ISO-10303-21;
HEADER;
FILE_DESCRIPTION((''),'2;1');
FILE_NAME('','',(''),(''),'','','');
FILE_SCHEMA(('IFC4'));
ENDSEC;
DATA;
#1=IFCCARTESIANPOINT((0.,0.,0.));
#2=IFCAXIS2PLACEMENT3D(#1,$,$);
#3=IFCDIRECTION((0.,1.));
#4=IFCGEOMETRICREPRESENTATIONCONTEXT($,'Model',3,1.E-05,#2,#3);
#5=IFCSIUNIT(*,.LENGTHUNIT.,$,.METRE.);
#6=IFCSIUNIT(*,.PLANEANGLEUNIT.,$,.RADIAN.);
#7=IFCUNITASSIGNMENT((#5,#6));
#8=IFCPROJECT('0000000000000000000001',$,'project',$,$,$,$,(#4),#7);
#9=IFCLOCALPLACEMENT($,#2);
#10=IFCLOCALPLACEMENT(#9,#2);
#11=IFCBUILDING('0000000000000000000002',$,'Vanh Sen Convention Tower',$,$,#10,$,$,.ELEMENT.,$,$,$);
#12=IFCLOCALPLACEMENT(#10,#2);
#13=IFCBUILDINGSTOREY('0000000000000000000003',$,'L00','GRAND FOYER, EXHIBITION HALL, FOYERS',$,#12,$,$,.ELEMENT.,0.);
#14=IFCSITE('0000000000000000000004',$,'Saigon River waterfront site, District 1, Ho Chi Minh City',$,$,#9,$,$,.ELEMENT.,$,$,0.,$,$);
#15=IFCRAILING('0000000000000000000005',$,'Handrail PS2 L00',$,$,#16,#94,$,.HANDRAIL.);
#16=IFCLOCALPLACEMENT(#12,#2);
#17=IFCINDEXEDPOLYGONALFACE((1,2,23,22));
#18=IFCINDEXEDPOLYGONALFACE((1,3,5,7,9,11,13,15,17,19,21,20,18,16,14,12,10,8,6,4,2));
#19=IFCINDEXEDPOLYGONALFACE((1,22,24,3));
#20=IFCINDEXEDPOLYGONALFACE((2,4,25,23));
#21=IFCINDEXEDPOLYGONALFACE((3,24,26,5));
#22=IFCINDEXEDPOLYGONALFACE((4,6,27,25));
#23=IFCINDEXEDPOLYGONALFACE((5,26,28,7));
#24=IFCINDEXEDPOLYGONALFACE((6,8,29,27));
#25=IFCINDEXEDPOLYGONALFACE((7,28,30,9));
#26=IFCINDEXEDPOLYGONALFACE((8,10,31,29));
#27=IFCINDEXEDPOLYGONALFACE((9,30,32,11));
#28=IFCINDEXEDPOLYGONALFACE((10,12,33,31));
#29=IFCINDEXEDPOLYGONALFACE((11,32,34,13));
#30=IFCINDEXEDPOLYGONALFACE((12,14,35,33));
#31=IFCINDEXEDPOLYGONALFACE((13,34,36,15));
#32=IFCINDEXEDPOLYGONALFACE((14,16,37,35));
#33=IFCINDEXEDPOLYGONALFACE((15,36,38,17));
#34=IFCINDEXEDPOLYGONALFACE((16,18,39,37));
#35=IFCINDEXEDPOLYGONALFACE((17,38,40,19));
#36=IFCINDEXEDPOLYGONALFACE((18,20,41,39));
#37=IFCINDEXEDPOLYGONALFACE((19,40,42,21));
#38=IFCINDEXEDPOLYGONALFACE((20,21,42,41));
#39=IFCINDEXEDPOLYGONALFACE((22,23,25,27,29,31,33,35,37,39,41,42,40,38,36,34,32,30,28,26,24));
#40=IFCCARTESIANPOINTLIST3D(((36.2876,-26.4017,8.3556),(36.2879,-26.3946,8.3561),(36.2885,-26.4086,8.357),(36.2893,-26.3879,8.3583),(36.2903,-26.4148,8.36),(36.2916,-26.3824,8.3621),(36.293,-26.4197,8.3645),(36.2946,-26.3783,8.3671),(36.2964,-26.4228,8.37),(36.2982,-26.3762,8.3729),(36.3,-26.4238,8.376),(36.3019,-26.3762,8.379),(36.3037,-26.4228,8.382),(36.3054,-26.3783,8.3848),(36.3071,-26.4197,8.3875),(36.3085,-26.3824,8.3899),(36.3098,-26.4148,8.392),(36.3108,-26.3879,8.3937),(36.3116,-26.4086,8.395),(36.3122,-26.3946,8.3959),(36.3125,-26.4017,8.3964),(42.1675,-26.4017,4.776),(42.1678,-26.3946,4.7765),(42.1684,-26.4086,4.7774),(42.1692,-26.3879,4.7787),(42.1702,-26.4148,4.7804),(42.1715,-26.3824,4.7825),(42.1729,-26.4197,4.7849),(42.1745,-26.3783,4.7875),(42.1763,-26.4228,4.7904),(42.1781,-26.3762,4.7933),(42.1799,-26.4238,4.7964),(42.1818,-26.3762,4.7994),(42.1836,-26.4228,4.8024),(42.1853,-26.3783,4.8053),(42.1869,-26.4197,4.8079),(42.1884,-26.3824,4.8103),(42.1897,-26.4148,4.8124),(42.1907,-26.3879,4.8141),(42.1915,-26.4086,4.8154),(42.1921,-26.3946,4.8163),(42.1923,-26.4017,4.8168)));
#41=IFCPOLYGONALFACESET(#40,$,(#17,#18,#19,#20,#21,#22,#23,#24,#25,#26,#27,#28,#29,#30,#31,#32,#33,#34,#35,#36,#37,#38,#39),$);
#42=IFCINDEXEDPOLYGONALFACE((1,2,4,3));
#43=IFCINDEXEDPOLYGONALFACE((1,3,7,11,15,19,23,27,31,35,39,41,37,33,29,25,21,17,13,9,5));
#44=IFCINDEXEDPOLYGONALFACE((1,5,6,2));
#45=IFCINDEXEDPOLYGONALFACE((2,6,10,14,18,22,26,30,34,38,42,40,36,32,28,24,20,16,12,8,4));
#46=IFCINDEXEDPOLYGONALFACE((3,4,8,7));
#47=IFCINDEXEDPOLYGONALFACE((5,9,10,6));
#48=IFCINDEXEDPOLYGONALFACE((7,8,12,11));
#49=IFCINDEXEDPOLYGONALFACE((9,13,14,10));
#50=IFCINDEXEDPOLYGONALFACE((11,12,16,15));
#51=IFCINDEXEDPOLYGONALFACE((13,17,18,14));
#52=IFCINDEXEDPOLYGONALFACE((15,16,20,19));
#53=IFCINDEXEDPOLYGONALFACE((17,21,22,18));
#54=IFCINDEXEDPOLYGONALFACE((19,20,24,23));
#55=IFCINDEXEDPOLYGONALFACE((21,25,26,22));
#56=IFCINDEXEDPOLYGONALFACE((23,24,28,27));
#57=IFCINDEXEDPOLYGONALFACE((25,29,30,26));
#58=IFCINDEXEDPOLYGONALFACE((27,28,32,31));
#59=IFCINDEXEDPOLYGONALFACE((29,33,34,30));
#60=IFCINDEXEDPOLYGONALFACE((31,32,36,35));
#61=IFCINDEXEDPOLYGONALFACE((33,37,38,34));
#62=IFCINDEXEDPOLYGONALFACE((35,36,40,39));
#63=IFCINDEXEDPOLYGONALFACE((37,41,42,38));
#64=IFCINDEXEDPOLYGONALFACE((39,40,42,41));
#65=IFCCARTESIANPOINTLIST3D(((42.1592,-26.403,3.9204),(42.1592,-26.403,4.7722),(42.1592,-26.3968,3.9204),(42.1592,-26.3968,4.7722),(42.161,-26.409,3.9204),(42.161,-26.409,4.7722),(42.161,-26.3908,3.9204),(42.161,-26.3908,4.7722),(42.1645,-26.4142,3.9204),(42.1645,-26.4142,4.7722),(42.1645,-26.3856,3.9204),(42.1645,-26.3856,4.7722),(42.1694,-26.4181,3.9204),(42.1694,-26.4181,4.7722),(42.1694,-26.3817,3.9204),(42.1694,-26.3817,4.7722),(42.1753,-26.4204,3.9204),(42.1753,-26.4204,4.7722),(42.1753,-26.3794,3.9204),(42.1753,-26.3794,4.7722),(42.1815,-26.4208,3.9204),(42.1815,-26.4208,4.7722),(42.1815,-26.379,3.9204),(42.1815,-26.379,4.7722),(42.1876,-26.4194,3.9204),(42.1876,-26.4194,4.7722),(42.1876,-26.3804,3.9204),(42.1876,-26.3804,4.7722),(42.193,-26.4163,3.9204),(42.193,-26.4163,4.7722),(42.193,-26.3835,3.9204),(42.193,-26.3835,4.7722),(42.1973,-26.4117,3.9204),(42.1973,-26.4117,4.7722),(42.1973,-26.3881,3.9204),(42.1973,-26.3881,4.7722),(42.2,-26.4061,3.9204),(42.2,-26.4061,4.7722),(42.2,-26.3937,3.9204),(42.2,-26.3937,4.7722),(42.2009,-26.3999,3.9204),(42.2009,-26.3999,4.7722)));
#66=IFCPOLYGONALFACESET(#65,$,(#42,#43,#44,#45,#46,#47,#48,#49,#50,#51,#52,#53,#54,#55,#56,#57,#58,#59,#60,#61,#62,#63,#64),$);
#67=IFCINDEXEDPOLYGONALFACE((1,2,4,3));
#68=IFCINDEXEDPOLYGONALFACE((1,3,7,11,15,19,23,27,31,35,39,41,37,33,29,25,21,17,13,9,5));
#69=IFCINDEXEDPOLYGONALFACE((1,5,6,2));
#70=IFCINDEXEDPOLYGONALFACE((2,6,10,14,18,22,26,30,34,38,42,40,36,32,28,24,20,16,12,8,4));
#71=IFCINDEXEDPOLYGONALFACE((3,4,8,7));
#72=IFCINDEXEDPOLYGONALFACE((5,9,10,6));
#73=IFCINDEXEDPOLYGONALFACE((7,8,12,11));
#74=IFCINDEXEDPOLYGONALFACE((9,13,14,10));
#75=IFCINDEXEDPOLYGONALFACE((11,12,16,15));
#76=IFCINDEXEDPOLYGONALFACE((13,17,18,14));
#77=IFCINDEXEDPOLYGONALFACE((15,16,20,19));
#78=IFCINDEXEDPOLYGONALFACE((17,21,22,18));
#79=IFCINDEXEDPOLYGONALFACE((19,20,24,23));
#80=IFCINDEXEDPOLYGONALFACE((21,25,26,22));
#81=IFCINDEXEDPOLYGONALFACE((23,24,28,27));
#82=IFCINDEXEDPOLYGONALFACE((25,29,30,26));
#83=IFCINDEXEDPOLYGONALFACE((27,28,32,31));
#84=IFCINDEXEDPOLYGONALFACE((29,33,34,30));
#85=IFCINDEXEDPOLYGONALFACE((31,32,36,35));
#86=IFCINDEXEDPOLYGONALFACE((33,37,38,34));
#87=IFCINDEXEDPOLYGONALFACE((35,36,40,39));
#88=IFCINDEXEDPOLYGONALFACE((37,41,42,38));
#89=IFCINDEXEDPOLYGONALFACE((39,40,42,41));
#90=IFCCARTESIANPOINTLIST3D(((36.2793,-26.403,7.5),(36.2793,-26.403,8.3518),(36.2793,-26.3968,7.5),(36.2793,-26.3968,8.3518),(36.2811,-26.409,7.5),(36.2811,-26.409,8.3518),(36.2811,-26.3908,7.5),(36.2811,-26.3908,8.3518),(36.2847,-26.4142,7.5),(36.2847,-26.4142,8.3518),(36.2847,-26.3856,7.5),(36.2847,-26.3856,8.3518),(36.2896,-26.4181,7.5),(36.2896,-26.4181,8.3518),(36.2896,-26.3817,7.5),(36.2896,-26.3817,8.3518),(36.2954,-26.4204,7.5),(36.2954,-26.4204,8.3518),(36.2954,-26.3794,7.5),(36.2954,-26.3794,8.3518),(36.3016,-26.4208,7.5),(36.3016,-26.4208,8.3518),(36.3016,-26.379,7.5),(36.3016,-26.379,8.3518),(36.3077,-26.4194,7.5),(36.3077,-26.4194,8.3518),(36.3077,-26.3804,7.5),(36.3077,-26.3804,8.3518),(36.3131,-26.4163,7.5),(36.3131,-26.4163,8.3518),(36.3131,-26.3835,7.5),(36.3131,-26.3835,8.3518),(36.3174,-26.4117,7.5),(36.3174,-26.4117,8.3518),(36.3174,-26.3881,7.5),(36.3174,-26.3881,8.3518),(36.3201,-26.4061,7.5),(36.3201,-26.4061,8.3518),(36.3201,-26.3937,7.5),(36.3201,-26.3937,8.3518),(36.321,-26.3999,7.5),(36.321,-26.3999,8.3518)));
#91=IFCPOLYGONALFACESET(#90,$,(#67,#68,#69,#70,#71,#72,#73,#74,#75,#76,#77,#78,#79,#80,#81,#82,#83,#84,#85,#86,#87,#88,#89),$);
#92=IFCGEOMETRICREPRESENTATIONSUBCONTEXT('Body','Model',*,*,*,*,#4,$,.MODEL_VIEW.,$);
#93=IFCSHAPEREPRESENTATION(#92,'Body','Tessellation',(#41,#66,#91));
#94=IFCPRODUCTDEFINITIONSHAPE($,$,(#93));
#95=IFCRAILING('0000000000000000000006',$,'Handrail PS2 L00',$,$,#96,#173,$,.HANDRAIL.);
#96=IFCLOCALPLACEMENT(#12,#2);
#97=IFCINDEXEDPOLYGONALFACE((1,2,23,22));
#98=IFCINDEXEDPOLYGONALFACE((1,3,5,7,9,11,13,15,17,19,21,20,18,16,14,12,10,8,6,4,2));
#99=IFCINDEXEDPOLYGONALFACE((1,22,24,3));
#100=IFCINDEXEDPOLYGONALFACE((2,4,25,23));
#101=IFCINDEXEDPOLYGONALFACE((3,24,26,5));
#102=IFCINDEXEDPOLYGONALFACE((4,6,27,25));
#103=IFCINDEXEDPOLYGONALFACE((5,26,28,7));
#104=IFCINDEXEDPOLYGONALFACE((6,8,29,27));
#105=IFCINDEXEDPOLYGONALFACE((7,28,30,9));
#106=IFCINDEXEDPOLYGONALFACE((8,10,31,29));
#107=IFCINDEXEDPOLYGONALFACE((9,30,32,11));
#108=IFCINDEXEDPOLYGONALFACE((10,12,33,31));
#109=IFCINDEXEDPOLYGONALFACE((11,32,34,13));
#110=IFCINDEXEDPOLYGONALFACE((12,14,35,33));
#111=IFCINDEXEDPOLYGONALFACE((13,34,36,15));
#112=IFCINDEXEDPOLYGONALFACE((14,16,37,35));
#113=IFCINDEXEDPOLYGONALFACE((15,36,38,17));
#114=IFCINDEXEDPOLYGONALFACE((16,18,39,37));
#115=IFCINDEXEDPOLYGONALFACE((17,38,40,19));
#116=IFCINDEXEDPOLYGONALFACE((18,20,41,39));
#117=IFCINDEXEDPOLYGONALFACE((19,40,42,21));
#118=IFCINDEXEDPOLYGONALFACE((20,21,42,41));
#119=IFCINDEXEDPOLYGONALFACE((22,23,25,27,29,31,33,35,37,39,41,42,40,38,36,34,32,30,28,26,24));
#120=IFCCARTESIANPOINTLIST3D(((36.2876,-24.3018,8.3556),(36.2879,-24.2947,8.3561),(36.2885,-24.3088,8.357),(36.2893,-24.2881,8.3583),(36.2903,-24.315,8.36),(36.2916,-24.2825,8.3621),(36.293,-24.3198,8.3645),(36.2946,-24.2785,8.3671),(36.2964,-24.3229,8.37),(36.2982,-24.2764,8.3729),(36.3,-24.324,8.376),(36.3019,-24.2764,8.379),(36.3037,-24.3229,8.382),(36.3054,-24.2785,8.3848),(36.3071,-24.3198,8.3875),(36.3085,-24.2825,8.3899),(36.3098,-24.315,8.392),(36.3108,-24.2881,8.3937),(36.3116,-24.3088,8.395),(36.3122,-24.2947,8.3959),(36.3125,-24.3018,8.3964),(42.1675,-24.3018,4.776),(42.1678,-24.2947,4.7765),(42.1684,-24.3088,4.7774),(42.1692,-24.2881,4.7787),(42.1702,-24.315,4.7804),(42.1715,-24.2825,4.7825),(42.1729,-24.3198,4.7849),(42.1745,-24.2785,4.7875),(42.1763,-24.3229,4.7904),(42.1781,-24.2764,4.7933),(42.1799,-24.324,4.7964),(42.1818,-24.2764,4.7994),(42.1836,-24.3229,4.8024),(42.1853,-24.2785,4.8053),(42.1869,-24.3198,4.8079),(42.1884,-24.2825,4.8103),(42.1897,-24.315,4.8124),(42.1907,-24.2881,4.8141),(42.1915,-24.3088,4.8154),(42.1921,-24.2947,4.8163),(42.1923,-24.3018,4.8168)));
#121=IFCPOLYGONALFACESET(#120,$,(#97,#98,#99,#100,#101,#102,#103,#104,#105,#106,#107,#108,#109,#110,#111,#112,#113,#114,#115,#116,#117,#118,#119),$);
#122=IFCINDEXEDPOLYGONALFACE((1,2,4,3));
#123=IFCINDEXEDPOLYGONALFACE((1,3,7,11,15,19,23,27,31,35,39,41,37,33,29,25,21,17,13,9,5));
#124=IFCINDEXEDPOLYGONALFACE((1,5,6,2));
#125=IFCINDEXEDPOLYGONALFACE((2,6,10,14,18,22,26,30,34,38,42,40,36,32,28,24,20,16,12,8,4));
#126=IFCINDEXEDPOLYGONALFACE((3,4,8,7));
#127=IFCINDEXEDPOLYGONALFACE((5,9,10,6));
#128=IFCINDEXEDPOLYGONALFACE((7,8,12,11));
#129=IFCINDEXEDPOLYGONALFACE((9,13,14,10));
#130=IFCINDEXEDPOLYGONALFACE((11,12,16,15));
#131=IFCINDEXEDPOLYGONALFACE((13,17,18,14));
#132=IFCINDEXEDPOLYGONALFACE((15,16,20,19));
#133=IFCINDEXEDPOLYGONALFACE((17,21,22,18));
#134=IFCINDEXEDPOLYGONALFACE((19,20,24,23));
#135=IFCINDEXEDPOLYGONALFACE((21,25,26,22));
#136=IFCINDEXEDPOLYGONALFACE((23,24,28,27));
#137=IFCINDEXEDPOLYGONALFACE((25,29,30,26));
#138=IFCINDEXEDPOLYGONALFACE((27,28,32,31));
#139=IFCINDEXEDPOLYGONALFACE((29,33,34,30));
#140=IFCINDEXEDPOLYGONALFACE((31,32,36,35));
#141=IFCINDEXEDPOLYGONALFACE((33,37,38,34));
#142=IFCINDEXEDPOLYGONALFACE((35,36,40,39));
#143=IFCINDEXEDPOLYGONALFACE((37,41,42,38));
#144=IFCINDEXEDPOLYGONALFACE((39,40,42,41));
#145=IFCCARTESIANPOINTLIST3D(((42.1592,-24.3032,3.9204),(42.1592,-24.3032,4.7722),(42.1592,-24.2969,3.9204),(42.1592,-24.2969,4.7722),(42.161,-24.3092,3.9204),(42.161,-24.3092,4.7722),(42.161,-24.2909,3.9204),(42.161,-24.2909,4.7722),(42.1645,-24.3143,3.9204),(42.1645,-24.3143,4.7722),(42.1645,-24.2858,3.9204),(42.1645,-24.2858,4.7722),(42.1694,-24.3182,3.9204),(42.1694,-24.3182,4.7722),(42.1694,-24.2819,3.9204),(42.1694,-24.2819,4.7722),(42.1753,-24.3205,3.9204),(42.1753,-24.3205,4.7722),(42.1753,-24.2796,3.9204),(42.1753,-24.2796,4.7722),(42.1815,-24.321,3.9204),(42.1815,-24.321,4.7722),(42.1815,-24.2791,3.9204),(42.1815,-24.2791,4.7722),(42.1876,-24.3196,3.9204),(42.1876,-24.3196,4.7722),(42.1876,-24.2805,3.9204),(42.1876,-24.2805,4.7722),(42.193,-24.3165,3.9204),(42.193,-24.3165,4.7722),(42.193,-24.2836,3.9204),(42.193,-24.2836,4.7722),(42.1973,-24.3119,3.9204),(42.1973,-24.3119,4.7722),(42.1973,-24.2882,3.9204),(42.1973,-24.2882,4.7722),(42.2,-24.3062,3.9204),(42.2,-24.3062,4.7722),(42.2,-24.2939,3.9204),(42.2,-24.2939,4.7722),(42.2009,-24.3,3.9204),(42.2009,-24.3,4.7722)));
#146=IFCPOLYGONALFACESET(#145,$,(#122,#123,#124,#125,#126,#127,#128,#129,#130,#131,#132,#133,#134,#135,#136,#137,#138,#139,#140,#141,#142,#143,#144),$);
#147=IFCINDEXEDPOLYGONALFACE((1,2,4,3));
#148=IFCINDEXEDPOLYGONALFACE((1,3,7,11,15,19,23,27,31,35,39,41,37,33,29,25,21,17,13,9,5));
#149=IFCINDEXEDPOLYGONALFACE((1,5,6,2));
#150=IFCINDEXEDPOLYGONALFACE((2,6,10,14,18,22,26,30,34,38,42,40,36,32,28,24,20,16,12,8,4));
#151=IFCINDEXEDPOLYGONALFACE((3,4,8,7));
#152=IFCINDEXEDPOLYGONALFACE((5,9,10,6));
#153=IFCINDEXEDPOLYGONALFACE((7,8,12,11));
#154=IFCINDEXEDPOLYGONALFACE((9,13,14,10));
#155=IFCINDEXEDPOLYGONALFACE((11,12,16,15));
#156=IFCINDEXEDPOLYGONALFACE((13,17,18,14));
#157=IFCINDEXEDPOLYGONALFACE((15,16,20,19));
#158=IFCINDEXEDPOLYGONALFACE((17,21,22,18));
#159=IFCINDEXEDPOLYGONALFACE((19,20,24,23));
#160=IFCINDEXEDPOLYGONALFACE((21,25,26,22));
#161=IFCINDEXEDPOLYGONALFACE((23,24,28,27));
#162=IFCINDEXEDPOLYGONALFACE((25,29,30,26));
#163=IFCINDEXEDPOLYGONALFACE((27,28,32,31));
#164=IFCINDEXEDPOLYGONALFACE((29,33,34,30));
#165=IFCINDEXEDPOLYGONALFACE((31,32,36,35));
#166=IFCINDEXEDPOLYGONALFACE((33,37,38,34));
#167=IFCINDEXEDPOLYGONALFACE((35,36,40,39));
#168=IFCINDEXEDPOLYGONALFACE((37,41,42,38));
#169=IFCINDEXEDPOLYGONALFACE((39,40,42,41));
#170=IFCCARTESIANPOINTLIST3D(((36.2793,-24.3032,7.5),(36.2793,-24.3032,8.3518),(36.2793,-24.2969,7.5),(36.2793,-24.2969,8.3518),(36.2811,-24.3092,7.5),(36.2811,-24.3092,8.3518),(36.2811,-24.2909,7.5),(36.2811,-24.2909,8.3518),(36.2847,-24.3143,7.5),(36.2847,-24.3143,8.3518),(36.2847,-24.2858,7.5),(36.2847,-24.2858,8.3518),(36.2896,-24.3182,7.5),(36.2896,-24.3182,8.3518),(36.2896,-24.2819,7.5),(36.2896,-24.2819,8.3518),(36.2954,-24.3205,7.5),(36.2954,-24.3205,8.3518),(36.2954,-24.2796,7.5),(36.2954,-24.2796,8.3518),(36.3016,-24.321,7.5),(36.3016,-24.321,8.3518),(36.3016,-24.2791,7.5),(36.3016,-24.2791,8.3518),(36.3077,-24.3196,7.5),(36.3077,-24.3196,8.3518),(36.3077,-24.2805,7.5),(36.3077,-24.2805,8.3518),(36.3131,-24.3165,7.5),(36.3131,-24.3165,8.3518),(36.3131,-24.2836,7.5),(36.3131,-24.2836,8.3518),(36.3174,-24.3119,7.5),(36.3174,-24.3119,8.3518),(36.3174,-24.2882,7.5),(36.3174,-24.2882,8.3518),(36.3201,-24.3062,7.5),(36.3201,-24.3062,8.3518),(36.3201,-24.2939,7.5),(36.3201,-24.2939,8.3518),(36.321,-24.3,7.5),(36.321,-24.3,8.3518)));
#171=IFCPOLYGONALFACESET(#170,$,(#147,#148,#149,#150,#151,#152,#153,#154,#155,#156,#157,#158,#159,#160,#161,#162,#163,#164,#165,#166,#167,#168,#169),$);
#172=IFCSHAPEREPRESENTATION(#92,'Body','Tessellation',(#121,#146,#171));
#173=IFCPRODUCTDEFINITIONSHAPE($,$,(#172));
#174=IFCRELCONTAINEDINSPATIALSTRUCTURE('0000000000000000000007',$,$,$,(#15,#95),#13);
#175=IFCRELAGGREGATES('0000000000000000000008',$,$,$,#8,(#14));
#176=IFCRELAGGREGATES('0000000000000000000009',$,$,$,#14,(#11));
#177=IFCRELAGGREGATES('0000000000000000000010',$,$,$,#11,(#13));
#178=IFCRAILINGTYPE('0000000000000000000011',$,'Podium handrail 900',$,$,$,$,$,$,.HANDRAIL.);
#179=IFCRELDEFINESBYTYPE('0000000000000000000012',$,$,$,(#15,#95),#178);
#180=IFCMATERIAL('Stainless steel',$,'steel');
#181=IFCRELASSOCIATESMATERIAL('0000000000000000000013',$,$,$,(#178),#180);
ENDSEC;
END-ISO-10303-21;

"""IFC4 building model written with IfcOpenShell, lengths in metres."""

from ifc_helpers import new_model, si_unit, direction, frame, origin, origin_2d, place, context, subcontext, project, spatial, circle, extrude, material, type_object, element, save


model = new_model("IFC4")

# Units and contexts
model_context = context("Model", 3, precision=1e-05, world=origin(), true_north=direction((0.0, 1.0)))
body_context = subcontext(model_context, "Body", "Model", "MODEL_VIEW")
ifc_project = project(units=[si_unit("LENGTHUNIT", "METRE"), si_unit("PLANEANGLEUNIT", "RADIAN")], contexts=[model_context])

# Site, building, storey
site_placement = place(None, origin())
site = spatial("IfcSite", under=ifc_project, at=site_placement, Name="Saigon River waterfront site, District 1, Ho Chi Minh City", CompositionType="ELEMENT", RefElevation=0.0)
building_placement = place(site_placement, origin())
building = spatial("IfcBuilding", under=site, at=building_placement, Name="Vanh Sen Convention Tower", CompositionType="ELEMENT")
storey_placement = place(building_placement, origin())
storey = spatial("IfcBuildingStorey", under=building, at=storey_placement, Name="L00", Description="GRAND FOYER, EXHIBITION HALL, FOYERS", CompositionType="ELEMENT", Elevation=0.0)

# Railings
ifc_material_1 = material(Name="Stainless steel", Category="steel")
railing_type_1 = type_object("IfcRailingType", Name="Podium handrail 900", PredefinedType="HANDRAIL", material=ifc_material_1)
for number, where, name in (
    (1, (42.1799, -26.3999, 3.9204), "Handrail PS2 L00"),
    (2, (42.1799, -24.3, 3.9204), "Handrail PS2 L00"),
):
    element("IfcRailing", number, at=place(storey_placement, frame(where)), inside=storey, type_object=railing_type_1, Name=name, PredefinedType="HANDRAIL", context=body_context, shape_type="SweptSolid", body=[
        extrude(circle(Radius=0.0239, at=origin_2d()), frame((0.0, 0.0, 0.876), z_axis=(-0.854164, 0.0, 0.520003), x_axis=(0.0, -1.0, 0.0)), (0.0, 0.0, 1.0), 6.8838),
        extrude(circle(Radius=0.021, at=origin_2d()), origin(), (0.0, 0.0, 1.0), 0.8518),
        extrude(circle(Radius=0.021, at=origin_2d()), frame((-5.8799, 0.0, 3.5796)), (0.0, 0.0, 1.0), 0.8518),
    ])

save(model, "model.ifc")
